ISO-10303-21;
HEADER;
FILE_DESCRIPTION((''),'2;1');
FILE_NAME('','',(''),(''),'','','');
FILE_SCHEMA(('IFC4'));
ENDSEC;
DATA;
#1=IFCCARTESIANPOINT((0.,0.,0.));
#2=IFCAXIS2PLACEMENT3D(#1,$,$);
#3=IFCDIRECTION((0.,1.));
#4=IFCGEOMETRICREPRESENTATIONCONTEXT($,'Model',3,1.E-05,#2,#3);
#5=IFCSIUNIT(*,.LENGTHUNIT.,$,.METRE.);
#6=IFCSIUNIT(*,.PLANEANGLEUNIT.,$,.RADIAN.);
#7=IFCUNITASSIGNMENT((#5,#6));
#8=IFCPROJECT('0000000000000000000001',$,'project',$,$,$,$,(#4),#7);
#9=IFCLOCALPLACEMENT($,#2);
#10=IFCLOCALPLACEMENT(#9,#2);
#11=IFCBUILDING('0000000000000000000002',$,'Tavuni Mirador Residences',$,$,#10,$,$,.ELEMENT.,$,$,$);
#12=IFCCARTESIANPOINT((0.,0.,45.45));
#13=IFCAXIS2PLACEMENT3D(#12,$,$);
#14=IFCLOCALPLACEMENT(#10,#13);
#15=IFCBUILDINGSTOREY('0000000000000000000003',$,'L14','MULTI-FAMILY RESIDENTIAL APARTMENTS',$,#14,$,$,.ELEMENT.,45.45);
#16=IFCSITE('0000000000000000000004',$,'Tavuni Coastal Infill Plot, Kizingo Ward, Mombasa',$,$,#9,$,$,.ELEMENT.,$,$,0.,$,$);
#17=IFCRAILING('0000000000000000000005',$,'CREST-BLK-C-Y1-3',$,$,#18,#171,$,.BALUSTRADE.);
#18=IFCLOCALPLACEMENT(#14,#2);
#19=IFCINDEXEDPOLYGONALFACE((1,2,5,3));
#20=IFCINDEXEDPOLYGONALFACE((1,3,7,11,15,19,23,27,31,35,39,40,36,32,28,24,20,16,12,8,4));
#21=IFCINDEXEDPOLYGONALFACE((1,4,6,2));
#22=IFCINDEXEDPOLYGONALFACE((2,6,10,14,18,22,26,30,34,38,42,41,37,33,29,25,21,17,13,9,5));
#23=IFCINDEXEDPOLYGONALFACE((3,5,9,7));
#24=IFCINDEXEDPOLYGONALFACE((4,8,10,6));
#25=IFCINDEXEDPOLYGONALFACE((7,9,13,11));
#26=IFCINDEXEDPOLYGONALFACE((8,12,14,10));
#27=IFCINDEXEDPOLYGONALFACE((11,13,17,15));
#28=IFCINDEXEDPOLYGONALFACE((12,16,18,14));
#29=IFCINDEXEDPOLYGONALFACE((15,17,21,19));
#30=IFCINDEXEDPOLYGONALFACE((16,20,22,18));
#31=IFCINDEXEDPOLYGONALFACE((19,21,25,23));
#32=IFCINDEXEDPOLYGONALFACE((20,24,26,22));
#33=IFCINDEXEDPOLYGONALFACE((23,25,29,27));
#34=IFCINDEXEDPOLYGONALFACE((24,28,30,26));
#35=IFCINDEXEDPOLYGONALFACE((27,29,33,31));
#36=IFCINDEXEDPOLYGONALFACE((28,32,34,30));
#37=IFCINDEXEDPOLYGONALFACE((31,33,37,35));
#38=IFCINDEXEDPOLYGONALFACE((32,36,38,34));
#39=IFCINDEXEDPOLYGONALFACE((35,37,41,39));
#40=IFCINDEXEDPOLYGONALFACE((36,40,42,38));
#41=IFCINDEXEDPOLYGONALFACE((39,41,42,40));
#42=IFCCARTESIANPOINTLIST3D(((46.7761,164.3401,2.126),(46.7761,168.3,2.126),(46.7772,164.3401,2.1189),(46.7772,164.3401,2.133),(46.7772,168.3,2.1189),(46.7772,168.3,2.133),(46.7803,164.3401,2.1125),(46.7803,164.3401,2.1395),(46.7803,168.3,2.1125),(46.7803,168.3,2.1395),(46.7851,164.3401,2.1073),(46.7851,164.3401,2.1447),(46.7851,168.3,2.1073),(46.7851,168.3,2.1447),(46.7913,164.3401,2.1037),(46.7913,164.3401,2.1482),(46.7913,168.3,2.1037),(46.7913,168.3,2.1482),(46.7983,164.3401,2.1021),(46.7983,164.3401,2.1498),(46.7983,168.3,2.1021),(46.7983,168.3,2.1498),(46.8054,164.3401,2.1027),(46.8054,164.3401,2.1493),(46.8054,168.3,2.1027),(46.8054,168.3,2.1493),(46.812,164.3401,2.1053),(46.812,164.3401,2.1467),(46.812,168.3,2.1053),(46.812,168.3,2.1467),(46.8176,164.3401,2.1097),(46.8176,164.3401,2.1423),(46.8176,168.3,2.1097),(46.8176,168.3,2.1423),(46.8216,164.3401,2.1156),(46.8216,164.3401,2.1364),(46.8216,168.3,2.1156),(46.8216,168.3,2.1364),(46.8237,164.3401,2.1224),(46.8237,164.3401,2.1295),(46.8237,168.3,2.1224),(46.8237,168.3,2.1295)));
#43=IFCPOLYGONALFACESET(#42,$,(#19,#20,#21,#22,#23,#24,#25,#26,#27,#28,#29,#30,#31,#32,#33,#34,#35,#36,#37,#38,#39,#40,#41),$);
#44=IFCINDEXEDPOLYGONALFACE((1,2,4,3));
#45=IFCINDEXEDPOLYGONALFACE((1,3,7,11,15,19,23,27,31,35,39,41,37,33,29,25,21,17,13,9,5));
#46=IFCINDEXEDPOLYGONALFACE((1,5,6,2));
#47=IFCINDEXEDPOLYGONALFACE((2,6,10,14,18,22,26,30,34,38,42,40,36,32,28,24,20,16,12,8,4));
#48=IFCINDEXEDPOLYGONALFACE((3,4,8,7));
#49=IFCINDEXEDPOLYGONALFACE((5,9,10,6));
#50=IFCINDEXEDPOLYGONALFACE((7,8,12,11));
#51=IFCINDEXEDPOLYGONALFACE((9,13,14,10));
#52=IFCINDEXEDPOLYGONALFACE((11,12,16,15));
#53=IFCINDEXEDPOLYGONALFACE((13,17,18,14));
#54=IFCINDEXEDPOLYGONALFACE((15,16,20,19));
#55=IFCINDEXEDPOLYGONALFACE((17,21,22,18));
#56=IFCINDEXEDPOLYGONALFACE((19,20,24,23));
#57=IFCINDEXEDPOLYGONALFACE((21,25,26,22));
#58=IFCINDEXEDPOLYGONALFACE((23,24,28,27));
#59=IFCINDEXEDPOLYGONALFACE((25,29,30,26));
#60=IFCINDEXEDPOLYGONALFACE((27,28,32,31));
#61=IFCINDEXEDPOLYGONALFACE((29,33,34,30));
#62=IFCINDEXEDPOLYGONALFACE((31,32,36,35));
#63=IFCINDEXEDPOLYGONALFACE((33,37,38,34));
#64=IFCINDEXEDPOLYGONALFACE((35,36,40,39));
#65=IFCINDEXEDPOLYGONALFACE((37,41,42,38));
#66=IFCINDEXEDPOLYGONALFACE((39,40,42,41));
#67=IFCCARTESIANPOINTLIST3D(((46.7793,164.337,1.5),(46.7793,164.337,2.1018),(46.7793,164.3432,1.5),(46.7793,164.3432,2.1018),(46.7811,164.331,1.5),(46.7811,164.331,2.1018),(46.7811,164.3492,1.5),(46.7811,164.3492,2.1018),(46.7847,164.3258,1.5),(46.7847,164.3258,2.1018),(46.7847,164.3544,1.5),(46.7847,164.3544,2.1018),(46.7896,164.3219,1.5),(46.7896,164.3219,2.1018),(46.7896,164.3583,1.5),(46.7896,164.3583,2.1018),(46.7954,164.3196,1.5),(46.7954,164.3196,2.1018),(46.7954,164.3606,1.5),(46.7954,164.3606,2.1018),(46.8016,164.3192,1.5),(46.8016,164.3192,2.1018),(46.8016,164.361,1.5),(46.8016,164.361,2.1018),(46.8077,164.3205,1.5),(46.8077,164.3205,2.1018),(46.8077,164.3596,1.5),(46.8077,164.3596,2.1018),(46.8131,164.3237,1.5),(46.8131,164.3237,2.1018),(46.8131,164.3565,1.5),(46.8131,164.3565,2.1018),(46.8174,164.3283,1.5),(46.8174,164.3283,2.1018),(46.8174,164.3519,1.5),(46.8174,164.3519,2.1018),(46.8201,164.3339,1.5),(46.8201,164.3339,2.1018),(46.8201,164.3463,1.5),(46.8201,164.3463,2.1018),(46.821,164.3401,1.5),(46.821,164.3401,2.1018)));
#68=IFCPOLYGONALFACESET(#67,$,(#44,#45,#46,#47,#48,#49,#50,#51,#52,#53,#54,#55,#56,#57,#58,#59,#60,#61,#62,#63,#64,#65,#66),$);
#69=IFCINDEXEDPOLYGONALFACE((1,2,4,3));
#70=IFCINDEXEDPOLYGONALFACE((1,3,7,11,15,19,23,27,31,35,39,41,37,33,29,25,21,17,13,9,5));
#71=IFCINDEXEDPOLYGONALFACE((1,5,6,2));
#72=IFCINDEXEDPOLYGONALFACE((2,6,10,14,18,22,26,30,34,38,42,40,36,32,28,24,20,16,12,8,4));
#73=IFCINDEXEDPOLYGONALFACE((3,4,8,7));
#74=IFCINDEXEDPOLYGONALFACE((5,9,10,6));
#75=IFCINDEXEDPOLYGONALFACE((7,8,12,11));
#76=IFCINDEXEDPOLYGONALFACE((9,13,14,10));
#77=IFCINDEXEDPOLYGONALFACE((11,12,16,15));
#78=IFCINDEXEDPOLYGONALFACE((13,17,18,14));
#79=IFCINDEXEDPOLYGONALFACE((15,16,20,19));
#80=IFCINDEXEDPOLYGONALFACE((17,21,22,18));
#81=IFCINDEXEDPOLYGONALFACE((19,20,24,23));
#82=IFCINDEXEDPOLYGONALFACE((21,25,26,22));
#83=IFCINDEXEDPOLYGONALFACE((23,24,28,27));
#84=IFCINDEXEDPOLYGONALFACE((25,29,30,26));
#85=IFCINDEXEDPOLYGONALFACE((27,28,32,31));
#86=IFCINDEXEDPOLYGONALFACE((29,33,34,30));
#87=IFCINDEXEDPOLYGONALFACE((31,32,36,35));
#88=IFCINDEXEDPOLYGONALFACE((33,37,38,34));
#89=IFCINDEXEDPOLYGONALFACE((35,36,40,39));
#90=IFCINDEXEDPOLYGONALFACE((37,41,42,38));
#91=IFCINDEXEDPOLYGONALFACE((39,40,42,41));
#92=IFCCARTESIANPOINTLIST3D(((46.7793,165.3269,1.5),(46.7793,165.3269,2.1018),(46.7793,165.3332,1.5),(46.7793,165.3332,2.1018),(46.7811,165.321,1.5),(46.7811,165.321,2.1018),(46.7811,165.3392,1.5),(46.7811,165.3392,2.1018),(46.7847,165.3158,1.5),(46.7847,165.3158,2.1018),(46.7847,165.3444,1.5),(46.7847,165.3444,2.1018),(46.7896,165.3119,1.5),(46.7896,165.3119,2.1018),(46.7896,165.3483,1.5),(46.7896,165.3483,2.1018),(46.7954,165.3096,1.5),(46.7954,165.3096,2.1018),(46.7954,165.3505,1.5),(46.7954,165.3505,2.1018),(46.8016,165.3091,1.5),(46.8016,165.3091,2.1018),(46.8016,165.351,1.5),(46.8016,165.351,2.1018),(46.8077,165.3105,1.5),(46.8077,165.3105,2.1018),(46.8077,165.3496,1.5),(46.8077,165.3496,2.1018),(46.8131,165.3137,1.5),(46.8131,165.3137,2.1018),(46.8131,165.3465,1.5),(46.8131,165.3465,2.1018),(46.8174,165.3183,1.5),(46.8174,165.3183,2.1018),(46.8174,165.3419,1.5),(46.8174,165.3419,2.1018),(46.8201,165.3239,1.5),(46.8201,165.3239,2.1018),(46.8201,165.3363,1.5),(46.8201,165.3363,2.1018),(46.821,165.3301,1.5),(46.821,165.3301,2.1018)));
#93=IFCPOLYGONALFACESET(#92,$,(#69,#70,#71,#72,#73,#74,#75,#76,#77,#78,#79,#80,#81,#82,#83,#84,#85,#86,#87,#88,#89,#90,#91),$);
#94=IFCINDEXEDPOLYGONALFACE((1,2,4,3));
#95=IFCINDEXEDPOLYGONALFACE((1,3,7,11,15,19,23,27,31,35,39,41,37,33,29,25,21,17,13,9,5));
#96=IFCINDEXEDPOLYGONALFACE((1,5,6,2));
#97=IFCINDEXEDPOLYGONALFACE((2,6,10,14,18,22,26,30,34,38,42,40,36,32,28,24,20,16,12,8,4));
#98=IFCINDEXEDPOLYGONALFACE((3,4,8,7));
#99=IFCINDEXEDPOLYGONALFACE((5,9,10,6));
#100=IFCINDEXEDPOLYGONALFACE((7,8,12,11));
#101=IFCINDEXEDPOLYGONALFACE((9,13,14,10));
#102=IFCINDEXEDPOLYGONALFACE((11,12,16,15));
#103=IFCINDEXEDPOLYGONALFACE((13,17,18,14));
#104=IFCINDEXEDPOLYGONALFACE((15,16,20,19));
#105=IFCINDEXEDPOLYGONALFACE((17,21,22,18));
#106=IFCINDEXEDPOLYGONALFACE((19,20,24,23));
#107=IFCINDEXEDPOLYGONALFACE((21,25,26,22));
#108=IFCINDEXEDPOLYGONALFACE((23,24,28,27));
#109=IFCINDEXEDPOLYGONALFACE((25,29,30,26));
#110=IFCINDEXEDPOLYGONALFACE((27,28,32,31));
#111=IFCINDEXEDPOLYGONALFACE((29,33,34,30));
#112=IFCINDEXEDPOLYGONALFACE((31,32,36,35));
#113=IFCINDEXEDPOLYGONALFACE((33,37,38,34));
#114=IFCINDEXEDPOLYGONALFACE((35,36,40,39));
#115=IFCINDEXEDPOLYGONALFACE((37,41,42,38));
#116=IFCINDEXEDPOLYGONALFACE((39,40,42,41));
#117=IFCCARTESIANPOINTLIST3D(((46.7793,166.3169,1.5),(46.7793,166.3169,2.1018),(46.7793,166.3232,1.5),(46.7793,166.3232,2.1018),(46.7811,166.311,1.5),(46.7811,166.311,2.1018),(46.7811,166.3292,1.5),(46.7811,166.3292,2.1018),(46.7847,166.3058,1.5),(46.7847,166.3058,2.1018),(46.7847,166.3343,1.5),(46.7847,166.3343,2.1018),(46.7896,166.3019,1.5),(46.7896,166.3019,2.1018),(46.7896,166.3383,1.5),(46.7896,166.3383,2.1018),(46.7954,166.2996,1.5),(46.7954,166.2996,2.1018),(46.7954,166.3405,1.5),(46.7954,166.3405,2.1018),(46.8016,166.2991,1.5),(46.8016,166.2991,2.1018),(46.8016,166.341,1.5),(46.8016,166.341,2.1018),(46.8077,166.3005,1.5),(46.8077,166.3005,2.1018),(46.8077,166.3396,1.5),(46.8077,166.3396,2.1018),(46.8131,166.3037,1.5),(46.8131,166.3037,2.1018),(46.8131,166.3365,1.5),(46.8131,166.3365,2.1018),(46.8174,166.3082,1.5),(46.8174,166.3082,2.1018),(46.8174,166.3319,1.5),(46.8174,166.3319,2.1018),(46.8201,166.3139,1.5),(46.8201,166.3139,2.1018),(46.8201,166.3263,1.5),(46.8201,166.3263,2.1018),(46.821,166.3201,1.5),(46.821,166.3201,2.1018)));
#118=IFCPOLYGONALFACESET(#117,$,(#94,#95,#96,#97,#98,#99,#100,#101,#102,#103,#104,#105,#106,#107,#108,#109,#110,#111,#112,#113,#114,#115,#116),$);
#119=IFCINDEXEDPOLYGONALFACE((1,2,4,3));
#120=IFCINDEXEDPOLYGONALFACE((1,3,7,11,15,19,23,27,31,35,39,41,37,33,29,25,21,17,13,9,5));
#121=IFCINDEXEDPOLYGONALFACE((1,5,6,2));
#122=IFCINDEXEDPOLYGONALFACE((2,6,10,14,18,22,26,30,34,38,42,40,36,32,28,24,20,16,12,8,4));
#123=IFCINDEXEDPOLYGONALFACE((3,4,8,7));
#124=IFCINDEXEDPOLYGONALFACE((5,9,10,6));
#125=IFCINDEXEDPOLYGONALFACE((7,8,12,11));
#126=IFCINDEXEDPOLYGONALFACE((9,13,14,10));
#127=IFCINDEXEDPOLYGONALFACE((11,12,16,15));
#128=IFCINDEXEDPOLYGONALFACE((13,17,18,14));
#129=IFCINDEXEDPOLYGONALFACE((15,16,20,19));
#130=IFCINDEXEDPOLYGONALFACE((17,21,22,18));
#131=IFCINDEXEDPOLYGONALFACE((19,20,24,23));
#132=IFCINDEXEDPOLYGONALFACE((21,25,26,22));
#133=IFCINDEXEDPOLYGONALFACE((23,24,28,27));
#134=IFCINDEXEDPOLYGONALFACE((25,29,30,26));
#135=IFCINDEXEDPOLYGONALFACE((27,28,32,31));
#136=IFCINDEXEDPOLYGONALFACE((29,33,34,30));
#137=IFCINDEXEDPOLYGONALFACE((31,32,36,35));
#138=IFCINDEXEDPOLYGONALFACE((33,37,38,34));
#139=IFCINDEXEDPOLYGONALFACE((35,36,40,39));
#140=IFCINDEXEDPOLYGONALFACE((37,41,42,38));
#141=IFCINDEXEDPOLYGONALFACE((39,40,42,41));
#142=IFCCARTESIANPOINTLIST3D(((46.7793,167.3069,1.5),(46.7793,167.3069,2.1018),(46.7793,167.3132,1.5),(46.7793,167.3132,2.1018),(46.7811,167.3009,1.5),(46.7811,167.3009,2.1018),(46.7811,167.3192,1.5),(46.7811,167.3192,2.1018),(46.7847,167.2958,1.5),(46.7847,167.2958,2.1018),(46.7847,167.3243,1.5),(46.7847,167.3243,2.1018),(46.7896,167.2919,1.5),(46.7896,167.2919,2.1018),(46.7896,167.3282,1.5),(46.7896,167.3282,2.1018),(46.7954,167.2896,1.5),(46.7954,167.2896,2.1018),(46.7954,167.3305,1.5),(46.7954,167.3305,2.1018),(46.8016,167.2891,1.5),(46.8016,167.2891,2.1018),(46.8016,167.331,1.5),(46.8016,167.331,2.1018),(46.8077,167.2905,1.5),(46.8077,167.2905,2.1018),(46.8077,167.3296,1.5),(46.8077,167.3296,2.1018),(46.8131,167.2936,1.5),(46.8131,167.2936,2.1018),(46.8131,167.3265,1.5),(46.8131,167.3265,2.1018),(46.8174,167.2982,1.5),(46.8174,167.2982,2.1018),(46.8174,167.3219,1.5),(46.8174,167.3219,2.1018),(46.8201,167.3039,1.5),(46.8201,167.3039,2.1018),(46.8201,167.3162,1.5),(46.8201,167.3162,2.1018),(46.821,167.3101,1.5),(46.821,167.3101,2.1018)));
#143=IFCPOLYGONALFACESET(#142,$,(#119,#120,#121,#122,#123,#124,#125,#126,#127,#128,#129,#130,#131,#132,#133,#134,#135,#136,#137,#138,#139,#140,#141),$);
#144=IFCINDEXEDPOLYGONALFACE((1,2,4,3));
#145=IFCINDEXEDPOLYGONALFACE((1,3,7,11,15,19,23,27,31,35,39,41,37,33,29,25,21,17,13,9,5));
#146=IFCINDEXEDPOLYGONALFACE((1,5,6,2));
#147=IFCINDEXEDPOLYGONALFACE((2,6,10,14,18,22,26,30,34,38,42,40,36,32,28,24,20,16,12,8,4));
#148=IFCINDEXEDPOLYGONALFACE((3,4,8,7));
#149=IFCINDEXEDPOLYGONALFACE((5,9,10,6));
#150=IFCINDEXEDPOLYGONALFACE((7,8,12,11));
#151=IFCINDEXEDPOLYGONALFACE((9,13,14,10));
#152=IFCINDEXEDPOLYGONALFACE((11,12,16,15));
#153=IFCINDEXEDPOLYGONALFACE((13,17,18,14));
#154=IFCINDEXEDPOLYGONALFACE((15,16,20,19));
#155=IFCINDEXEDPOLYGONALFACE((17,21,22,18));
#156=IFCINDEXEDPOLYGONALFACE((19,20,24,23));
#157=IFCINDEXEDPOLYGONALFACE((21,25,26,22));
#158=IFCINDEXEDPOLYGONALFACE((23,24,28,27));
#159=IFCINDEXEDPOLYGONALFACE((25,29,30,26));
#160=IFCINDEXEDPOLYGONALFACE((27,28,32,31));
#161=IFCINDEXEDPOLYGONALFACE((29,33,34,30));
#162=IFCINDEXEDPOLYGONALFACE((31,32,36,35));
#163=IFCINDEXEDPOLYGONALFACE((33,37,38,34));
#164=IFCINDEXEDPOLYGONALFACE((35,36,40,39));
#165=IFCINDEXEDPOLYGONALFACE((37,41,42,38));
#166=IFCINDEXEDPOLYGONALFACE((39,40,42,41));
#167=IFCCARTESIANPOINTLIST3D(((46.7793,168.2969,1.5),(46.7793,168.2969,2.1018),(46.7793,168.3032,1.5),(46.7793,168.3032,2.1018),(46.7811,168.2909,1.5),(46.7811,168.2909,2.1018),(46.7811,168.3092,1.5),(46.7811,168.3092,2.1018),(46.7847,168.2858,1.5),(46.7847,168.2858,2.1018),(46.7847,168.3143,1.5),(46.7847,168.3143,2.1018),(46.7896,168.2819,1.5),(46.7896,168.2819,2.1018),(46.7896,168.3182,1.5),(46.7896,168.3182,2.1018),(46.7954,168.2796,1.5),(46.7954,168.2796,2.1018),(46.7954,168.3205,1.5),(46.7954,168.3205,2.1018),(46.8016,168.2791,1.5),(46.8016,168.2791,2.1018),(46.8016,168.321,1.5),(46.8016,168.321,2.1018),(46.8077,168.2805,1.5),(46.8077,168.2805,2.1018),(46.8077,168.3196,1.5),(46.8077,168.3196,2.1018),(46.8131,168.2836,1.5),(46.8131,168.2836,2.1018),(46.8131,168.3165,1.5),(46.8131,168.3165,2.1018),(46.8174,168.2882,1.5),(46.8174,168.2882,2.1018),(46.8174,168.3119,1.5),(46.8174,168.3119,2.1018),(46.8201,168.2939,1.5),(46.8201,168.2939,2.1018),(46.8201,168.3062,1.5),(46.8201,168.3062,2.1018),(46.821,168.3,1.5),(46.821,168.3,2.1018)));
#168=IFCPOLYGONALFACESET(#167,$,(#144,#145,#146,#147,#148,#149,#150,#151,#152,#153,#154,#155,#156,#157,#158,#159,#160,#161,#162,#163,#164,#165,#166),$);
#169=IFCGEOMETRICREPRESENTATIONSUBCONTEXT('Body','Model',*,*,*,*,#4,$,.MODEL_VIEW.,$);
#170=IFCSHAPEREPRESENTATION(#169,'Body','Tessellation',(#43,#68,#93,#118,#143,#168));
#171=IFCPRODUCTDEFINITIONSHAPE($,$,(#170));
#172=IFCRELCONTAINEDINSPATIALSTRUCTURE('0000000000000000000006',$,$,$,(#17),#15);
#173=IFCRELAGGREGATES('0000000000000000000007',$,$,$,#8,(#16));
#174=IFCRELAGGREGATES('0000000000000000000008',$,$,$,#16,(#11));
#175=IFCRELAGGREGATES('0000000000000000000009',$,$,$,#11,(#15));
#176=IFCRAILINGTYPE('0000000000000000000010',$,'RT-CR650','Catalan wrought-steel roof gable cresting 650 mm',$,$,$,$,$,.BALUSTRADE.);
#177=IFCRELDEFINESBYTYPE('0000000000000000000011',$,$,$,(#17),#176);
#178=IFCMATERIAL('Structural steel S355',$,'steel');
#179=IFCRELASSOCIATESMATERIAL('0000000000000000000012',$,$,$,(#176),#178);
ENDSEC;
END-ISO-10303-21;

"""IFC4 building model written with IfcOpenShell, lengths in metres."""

from ifc_helpers import new_model, si_unit, direction, frame, origin, origin_2d, place, context, subcontext, project, spatial, circle, extrude, material, type_object, element, save


model = new_model("IFC4")

# Units and contexts
model_context = context("Model", 3, precision=1e-05, world=origin(), true_north=direction((0.0, 1.0)))
body_context = subcontext(model_context, "Body", "Model", "MODEL_VIEW")
ifc_project = project(units=[si_unit("LENGTHUNIT", "METRE"), si_unit("PLANEANGLEUNIT", "RADIAN")], contexts=[model_context])

# Site, building, storey
site_placement = place(None, origin())
site = spatial("IfcSite", under=ifc_project, at=site_placement, Name="Tavuni Coastal Infill Plot, Kizingo Ward, Mombasa", CompositionType="ELEMENT", RefElevation=0.0)
building_placement = place(site_placement, origin())
building = spatial("IfcBuilding", under=site, at=building_placement, Name="Tavuni Mirador Residences", CompositionType="ELEMENT")
storey_placement = place(building_placement, frame((0.0, 0.0, 45.45)))
storey = spatial("IfcBuildingStorey", under=building, at=storey_placement, Name="L14", Description="MULTI-FAMILY RESIDENTIAL APARTMENTS", CompositionType="ELEMENT", Elevation=45.45)

# Shared definitions
ifc_material_1 = material(Name="Structural steel S355", Category="steel")

# Railing
railing_type = type_object("IfcRailingType", Name="RT-CR650", Description="Catalan wrought-steel roof gable cresting 650 mm", PredefinedType="BALUSTRADE", material=ifc_material_1)
for number, where, name in (
    (1, (46.8, 164.3401, 1.5), "CREST-BLK-C-Y1-3"),
):
    element("IfcRailing", number, at=place(storey_placement, frame(where)), inside=storey, type_object=railing_type, Name=name, PredefinedType="BALUSTRADE", context=body_context, shape_type="SweptSolid", body=[
        extrude(circle(Radius=0.0239, at=origin_2d()), frame((0.0, 0.0, 0.626), z_axis=(0.0, 1.0, 0.0), x_axis=(-1.0, 0.0, 0.0)), (0.0, 0.0, 1.0), 3.96),
        extrude(circle(Radius=0.021, at=origin_2d()), origin(), (0.0, 0.0, 1.0), 0.6018),
        extrude(circle(Radius=0.021, at=origin_2d()), frame((0.0, 0.99, 0.0)), (0.0, 0.0, 1.0), 0.6018),
        extrude(circle(Radius=0.021, at=origin_2d()), frame((0.0, 1.98, 0.0)), (0.0, 0.0, 1.0), 0.6018),
        extrude(circle(Radius=0.021, at=origin_2d()), frame((0.0, 2.97, 0.0)), (0.0, 0.0, 1.0), 0.6018),
        extrude(circle(Radius=0.021, at=origin_2d()), frame((0.0, 3.96, 0.0)), (0.0, 0.0, 1.0), 0.6018),
    ])

save(model, "model.ifc")
